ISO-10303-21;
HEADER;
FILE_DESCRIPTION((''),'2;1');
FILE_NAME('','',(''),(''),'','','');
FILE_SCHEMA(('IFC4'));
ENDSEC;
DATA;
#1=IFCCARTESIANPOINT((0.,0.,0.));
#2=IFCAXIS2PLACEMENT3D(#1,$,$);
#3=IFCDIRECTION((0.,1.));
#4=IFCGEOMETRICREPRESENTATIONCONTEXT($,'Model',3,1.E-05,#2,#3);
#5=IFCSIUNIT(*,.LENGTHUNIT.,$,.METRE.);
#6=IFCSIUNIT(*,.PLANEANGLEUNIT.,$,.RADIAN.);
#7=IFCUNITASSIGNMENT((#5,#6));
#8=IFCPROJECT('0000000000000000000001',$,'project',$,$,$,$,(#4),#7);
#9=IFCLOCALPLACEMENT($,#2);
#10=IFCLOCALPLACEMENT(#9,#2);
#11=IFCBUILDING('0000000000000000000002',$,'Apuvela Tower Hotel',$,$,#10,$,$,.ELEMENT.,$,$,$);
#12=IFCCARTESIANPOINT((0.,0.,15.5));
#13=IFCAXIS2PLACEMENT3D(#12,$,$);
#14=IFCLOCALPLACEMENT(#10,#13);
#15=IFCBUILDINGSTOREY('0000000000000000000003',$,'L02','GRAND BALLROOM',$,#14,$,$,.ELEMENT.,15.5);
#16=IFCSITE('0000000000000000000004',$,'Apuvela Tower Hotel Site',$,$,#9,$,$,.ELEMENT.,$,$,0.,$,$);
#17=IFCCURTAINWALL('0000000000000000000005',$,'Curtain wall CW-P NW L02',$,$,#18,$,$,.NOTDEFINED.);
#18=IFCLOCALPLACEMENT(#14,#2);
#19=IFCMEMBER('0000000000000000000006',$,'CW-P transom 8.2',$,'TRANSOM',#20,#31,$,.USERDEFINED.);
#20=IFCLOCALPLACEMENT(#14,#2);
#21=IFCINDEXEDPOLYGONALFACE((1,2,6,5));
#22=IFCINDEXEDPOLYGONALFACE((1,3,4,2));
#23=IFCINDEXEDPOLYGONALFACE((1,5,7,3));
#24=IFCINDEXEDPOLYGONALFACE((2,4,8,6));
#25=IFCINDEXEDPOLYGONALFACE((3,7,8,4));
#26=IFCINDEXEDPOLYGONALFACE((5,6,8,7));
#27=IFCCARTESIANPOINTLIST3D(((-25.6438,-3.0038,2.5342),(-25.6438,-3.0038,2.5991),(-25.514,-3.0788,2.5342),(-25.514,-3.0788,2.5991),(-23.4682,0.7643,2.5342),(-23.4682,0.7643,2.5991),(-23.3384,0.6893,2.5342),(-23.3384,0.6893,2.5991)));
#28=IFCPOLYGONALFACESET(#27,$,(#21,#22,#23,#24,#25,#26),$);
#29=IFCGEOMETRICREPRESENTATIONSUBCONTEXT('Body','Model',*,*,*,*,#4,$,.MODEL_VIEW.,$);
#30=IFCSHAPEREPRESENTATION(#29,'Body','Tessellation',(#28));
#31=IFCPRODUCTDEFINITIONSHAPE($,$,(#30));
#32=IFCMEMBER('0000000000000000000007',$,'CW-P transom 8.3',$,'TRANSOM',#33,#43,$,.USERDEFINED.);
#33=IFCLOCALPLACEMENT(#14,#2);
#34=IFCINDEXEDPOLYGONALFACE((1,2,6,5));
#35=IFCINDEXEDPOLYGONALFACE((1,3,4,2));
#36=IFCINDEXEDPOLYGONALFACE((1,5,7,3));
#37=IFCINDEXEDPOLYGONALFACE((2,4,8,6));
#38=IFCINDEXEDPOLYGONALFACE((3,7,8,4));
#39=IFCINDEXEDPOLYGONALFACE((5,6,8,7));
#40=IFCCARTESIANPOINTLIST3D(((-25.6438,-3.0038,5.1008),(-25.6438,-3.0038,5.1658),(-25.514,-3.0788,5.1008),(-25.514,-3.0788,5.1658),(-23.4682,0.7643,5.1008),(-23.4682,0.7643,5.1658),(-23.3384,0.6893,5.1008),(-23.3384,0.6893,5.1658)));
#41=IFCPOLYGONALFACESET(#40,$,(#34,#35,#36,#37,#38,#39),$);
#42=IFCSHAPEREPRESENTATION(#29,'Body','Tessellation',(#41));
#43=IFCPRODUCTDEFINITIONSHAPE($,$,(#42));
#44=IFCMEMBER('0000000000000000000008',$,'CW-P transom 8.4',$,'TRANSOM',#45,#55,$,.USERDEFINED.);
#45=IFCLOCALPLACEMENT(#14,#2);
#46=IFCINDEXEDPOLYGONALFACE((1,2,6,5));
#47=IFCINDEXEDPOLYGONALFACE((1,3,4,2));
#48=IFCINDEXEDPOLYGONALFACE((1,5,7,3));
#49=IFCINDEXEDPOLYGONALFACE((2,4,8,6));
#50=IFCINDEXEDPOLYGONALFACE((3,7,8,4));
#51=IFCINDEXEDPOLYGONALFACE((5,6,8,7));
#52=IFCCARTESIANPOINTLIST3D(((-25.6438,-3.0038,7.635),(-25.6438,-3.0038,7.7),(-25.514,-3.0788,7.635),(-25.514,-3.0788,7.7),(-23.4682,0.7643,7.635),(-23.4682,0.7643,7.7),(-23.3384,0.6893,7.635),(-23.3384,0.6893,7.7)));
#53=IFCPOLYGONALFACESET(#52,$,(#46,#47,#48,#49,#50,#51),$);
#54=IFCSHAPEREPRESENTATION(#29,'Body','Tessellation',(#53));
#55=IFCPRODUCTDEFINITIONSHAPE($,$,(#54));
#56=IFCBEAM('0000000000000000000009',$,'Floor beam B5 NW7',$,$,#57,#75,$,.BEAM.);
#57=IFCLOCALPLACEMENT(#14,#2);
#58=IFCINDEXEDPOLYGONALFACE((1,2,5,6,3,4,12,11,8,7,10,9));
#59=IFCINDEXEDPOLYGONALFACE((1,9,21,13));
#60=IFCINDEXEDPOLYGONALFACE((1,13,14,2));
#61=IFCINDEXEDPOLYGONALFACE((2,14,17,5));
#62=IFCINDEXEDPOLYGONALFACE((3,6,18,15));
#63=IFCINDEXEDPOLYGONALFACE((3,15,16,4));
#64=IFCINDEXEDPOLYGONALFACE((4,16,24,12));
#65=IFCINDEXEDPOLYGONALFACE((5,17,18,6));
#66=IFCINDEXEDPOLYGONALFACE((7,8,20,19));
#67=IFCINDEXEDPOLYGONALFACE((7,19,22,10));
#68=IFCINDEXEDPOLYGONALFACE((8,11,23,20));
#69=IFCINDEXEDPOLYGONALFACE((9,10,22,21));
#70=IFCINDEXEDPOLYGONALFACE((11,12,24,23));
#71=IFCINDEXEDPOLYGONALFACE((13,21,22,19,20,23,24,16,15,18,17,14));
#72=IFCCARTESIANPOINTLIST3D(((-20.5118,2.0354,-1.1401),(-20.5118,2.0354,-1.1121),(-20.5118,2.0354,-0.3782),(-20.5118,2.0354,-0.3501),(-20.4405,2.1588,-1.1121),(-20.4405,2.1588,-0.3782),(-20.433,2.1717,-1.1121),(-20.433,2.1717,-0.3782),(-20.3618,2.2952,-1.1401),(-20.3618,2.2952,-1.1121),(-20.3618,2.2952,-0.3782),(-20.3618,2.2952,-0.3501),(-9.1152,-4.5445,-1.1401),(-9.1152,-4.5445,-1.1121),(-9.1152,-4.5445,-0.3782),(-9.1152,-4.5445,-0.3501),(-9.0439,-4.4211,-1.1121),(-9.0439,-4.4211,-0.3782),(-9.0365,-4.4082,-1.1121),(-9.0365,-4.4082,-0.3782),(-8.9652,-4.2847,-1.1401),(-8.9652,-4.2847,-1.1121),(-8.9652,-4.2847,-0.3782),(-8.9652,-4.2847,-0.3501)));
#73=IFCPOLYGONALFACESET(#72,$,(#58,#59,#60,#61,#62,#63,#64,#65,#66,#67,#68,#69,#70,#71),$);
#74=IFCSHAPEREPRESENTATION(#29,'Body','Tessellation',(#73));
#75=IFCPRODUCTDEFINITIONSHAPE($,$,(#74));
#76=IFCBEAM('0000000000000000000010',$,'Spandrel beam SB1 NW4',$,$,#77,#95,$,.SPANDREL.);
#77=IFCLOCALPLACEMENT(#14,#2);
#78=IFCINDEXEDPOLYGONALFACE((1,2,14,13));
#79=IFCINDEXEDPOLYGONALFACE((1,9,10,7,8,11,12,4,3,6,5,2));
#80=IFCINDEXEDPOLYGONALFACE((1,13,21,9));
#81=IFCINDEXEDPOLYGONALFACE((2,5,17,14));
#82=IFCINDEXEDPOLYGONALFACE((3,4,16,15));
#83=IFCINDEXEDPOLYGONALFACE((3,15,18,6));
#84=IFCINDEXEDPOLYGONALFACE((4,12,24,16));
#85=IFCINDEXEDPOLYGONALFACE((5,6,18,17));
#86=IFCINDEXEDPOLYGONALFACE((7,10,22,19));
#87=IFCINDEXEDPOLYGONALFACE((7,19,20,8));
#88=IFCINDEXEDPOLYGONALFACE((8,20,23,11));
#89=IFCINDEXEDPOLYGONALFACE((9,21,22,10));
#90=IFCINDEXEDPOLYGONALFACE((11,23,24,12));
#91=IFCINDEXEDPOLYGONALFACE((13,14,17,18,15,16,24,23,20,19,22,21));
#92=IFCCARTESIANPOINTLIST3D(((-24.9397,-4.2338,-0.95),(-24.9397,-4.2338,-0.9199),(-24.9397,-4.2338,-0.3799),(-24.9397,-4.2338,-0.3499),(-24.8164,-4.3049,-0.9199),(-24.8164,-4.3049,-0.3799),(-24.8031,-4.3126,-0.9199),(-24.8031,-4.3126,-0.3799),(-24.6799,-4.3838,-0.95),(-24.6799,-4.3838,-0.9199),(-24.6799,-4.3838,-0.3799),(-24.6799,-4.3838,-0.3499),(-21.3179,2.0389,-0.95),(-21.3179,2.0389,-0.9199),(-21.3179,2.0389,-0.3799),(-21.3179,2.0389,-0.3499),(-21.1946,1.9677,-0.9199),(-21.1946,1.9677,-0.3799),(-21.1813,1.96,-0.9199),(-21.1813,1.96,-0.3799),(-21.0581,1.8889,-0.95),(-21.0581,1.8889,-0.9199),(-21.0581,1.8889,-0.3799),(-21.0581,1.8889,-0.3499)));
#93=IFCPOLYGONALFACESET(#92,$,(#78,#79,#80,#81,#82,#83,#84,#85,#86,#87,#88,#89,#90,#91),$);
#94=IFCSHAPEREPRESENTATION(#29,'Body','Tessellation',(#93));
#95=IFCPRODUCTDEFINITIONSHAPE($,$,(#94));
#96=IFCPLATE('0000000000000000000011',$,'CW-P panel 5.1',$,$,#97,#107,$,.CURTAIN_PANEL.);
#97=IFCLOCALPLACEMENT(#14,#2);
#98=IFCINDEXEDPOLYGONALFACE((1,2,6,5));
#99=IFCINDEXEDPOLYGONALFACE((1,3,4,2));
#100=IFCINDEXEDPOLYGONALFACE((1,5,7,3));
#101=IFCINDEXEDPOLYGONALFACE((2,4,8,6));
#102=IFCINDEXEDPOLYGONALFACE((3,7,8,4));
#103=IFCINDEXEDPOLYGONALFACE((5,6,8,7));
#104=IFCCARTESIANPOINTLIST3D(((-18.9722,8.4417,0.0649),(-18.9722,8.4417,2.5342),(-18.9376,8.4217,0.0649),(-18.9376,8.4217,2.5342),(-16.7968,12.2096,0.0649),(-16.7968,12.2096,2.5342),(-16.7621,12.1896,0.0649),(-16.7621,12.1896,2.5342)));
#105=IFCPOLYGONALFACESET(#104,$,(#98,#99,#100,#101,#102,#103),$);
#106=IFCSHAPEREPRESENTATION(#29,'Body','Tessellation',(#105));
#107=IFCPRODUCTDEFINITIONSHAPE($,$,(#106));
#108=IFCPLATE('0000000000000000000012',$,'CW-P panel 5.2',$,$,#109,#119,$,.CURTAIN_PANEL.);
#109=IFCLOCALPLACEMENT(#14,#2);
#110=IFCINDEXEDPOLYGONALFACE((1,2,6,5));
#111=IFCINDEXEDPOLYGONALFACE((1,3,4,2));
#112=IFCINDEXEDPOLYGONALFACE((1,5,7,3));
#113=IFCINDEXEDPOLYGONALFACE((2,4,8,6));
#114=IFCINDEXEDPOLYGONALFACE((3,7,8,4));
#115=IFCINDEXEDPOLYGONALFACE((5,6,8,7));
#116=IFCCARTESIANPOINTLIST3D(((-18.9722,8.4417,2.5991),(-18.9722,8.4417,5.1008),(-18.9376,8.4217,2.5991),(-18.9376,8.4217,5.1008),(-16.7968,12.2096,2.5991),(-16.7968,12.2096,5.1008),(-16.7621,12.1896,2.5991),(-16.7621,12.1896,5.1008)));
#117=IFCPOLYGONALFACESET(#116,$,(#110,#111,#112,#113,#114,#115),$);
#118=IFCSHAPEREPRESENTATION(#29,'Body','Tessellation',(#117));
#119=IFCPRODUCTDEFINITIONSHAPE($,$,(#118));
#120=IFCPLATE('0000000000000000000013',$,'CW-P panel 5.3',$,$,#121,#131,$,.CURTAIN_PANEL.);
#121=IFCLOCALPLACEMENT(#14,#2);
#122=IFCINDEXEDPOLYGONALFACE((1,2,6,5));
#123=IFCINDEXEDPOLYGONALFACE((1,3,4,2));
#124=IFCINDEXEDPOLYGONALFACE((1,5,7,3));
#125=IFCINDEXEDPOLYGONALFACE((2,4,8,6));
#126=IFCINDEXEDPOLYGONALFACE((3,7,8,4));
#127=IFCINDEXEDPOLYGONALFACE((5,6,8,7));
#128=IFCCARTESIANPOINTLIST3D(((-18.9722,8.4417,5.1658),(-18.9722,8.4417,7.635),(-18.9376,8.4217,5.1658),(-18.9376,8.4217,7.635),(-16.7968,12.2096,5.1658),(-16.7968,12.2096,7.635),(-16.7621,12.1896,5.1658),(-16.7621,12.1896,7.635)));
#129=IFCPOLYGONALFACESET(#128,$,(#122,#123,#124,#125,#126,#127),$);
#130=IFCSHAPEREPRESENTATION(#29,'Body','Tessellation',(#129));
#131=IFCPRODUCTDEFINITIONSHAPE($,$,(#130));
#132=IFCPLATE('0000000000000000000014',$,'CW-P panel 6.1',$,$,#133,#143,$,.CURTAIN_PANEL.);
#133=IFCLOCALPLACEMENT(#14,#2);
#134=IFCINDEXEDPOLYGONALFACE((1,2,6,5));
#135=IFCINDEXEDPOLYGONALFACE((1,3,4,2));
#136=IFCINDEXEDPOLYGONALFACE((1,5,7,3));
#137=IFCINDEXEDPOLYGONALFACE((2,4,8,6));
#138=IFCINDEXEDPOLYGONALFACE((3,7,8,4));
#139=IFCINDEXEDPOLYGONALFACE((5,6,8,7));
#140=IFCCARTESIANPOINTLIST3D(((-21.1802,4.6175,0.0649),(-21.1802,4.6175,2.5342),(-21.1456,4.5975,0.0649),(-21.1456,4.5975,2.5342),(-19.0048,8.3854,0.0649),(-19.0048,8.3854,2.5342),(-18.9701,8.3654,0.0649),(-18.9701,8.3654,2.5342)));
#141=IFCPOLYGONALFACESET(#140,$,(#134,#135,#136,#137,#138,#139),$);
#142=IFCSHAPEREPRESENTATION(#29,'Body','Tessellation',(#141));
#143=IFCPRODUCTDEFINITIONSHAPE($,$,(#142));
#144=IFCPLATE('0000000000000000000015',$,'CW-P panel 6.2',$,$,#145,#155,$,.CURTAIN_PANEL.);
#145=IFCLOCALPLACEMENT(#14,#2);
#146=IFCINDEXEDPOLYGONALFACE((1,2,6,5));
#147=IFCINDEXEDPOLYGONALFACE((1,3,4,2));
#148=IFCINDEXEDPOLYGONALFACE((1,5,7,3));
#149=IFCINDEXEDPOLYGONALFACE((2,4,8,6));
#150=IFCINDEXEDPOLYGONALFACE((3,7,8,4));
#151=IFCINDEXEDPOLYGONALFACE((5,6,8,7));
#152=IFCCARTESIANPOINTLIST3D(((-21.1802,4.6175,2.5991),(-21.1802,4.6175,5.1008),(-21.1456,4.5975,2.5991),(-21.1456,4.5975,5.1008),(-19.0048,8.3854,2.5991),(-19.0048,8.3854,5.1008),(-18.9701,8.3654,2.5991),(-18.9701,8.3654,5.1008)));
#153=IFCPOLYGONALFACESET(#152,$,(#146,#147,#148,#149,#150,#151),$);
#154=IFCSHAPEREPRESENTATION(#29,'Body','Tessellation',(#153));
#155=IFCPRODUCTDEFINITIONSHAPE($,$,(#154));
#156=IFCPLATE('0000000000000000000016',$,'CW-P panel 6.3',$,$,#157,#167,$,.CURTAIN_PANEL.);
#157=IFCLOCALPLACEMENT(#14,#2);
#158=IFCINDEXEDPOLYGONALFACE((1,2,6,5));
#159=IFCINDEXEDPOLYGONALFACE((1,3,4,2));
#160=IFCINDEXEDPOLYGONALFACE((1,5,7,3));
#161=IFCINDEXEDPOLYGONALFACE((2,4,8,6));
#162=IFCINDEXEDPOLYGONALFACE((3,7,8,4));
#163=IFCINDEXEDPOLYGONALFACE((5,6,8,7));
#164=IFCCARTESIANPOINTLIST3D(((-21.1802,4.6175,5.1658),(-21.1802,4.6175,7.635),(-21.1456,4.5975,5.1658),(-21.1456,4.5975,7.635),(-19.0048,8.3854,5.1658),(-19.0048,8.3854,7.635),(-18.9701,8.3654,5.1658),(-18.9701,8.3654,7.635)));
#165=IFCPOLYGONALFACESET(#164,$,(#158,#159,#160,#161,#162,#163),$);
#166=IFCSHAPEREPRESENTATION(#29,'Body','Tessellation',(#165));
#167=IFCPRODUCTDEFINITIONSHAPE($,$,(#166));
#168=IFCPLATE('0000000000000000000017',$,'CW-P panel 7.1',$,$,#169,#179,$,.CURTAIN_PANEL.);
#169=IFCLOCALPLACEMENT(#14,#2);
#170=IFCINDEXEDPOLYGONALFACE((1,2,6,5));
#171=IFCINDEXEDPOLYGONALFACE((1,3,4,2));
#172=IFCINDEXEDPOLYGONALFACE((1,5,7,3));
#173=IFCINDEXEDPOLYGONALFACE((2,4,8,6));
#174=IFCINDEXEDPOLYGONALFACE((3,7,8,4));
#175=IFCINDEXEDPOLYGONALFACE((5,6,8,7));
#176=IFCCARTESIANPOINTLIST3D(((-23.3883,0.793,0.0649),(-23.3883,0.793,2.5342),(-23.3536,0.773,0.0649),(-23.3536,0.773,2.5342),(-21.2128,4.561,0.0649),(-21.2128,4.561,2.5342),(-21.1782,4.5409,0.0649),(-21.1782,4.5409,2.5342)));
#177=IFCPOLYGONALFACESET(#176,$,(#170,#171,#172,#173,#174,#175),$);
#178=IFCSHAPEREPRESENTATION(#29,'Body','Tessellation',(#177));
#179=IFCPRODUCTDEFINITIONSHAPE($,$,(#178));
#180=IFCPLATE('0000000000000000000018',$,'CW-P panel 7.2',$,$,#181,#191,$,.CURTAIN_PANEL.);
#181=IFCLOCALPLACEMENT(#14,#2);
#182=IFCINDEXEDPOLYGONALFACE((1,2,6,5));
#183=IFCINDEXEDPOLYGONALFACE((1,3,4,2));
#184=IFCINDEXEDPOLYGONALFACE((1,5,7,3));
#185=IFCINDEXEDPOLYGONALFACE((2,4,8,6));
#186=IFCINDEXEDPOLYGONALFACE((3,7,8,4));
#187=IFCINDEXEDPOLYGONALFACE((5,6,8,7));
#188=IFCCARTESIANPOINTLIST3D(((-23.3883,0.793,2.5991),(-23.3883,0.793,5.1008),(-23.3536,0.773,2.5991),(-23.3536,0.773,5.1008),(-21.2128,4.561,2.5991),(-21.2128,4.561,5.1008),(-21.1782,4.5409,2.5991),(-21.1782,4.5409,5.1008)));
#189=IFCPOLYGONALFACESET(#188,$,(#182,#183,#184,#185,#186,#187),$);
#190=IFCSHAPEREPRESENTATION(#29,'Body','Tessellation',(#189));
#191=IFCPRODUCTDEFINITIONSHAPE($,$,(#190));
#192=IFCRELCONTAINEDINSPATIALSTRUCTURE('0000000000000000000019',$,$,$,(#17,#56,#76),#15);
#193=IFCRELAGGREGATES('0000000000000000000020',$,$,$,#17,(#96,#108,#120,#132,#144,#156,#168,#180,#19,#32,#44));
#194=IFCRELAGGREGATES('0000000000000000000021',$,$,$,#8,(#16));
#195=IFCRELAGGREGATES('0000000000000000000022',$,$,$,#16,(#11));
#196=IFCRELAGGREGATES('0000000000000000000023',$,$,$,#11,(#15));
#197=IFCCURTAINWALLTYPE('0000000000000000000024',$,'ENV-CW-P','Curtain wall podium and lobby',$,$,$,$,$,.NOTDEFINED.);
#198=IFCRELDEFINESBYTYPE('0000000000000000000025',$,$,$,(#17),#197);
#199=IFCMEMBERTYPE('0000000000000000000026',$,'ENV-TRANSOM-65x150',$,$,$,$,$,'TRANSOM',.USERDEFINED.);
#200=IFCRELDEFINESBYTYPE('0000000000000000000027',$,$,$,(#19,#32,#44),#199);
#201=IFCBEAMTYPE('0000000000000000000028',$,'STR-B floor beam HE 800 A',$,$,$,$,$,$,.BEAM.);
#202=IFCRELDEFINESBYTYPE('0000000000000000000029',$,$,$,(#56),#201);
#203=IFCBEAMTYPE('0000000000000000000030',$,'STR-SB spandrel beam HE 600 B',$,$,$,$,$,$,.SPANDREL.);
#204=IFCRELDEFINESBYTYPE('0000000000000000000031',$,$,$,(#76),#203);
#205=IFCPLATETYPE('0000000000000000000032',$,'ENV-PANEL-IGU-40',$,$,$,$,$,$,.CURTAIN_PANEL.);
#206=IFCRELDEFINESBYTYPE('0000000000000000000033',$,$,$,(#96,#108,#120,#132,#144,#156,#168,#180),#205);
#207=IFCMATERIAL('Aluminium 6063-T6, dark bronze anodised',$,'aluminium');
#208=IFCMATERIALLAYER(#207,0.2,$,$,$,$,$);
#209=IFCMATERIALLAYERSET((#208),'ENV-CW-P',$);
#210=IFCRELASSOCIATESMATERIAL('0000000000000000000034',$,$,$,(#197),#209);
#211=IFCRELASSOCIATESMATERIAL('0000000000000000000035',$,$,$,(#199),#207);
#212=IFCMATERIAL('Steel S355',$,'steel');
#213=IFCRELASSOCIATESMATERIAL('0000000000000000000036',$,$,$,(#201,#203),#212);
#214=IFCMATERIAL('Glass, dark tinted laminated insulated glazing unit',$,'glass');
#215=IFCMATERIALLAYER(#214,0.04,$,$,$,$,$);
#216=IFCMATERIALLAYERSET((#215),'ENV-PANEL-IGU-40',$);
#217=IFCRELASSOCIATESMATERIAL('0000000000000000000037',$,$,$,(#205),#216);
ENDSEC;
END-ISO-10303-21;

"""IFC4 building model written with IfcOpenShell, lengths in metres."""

from ifc_helpers import new_model, si_unit, direction, frame, origin, origin_2d, place, context, subcontext, project, spatial, rectangle, i_section, extrude, material, layer, layer_set, material_profile, profile_set, type_object, element, aggregate, save


model = new_model("IFC4")

# Units and contexts
model_context = context("Model", 3, precision=1e-05, world=origin(), true_north=direction((0.0, 1.0)))
body_context = subcontext(model_context, "Body", "Model", "MODEL_VIEW")
ifc_project = project(units=[si_unit("LENGTHUNIT", "METRE"), si_unit("PLANEANGLEUNIT", "RADIAN")], contexts=[model_context])

# Site, building, storey
site_placement = place(None, origin())
site = spatial("IfcSite", under=ifc_project, at=site_placement, Name="Apuvela Tower Hotel Site", CompositionType="ELEMENT", RefElevation=0.0)
building_placement = place(site_placement, origin())
building = spatial("IfcBuilding", under=site, at=building_placement, Name="Apuvela Tower Hotel", CompositionType="ELEMENT")
storey_placement = place(building_placement, frame((0.0, 0.0, 15.5)))
storey = spatial("IfcBuildingStorey", under=building, at=storey_placement, Name="L02", Description="GRAND BALLROOM", CompositionType="ELEMENT", Elevation=15.5)

# Curtain wall, members
ifc_material_1 = material(Name="Aluminium 6063-T6, dark bronze anodised", Category="aluminium")
ifc_layer_1 = layer(ifc_material_1, 0.2)
ifc_layer_set_1 = layer_set([ifc_layer_1], Name="ENV-CW-P")
curtain_wall_type = type_object("IfcCurtainWallType", Name="ENV-CW-P", Description="Curtain wall podium and lobby", PredefinedType="NOTDEFINED", material=ifc_layer_set_1)
curtain_wall_placement = place(storey_placement, origin())
curtain_wall = element("IfcCurtainWall", 1, at=curtain_wall_placement, inside=storey, type_object=curtain_wall_type, Name="Curtain wall CW-P NW L02", PredefinedType="NOTDEFINED")
ifc_material_profile_1 = material_profile(ifc_material_1, rectangle(XDim=0.1499, YDim=0.0649, at=origin_2d()), Name="AL 65x150 transom")
ifc_profile_set_1 = profile_set([ifc_material_profile_1], Name="Aluminium 6063-T6, dark bronze anodised")
member_type_1 = type_object("IfcMemberType", Name="ENV-TRANSOM-65x150", ElementType="TRANSOM", PredefinedType="USERDEFINED", material=ifc_profile_set_1)
member_1_placement = place(storey_placement, frame((-23.4033, 0.7268, 2.5667), z_axis=(-0.500007, -0.866021, 0.0), x_axis=(0.866021, -0.500007, 0.0)))
member_1 = element("IfcMember", 2, at=member_1_placement, type_object=member_type_1, Name="CW-P transom 8.2", ObjectType="TRANSOM", PredefinedType="USERDEFINED", context=body_context, shape_type="SweptSolid", body=[
    extrude(rectangle(XDim=0.1499, YDim=0.0649, at=origin_2d()), origin(), (0.0, 0.0, 1.0), 4.3511),
])
member_2_placement = place(storey_placement, frame((-23.4033, 0.7268, 5.1333), z_axis=(-0.500007, -0.866021, 0.0), x_axis=(0.866021, -0.500007, 0.0)))
member_2 = element("IfcMember", 3, at=member_2_placement, type_object=member_type_1, Name="CW-P transom 8.3", ObjectType="TRANSOM", PredefinedType="USERDEFINED", context=body_context, shape_type="SweptSolid", body=[
    extrude(rectangle(XDim=0.1499, YDim=0.0649, at=origin_2d()), origin(), (0.0, 0.0, 1.0), 4.3511),
])
member_3_placement = place(storey_placement, frame((-23.4033, 0.7268, 7.6675), z_axis=(-0.500007, -0.866021, 0.0), x_axis=(0.866021, -0.500007, 0.0)))
member_3 = element("IfcMember", 4, at=member_3_placement, type_object=member_type_1, Name="CW-P transom 8.4", ObjectType="TRANSOM", PredefinedType="USERDEFINED", context=body_context, shape_type="SweptSolid", body=[
    extrude(rectangle(XDim=0.1499, YDim=0.0649, at=origin_2d()), origin(), (0.0, 0.0, 1.0), 4.3511),
])

# Beams
ifc_material_2 = material(Name="Steel S355", Category="steel")
ifc_material_profile_2 = material_profile(ifc_material_2, i_section(OverallWidth=0.3, OverallDepth=0.79, WebThickness=0.0149, FlangeThickness=0.0281, at=origin_2d()), Name="HE 800 A")
ifc_profile_set_2 = profile_set([ifc_material_profile_2], Name="Steel S355")
beam_type_1 = type_object("IfcBeamType", Name="STR-B floor beam HE 800 A", PredefinedType="BEAM", material=ifc_profile_set_2)
beam_1_placement = place(storey_placement, frame((-20.4368, 2.1653, -0.7451), z_axis=(0.866023, -0.500004, 0.0), x_axis=(0.500004, 0.866023, 0.0)))
element("IfcBeam", 5, at=beam_1_placement, inside=storey, type_object=beam_type_1, Name="Floor beam B5 NW7", PredefinedType="BEAM", context=body_context, shape_type="SweptSolid", body=[
    extrude(i_section(OverallWidth=0.3, OverallDepth=0.79, WebThickness=0.0149, FlangeThickness=0.0281, at=origin_2d()), origin(), (0.0, 0.0, 1.0), 13.1597),
])
ifc_material_profile_3 = material_profile(ifc_material_2, i_section(OverallWidth=0.3, OverallDepth=0.6001, WebThickness=0.0154, FlangeThickness=0.03, at=origin_2d()), Name="HE 600 B")
ifc_profile_set_3 = profile_set([ifc_material_profile_3], Name="Steel S355")
beam_type_2 = type_object("IfcBeamType", Name="STR-SB spandrel beam HE 600 B", PredefinedType="SPANDREL", material=ifc_profile_set_3)
beam_2_placement = place(storey_placement, frame((-21.188, 1.9639, -0.6499), z_axis=(-0.500029, -0.866009, 0.0), x_axis=(0.866009, -0.500029, 0.0)))
element("IfcBeam", 6, at=beam_2_placement, inside=storey, type_object=beam_type_2, Name="Spandrel beam SB1 NW4", PredefinedType="SPANDREL", context=body_context, shape_type="SweptSolid", body=[
    extrude(i_section(OverallWidth=0.3, OverallDepth=0.6001, WebThickness=0.0154, FlangeThickness=0.03, at=origin_2d()), origin(), (0.0, 0.0, 1.0), 7.2432),
])

# Plates
ifc_material_3 = material(Name="Glass, dark tinted laminated insulated glazing unit", Category="glass")
ifc_layer_2 = layer(ifc_material_3, 0.04)
ifc_layer_set_2 = layer_set([ifc_layer_2], Name="ENV-PANEL-IGU-40")
plate_type = type_object("IfcPlateType", Name="ENV-PANEL-IGU-40", PredefinedType="CURTAIN_PANEL", material=ifc_layer_set_2)
plate_1_placement = place(storey_placement, frame((-17.8672, 10.3157, 0.0649), z_axis=(0.0, 0.0, 1.0), x_axis=(-0.500001, -0.866025, 0.0)))
plate_1 = element("IfcPlate", 7, at=plate_1_placement, type_object=plate_type, Name="CW-P panel 5.1", PredefinedType="CURTAIN_PANEL", context=body_context, shape_type="SweptSolid", body=[
    extrude(rectangle(XDim=4.3508, YDim=0.04, at=origin_2d()), origin(), (0.0, 0.0, 1.0), 2.4692),
])
plate_2_placement = place(storey_placement, frame((-17.8672, 10.3157, 2.5991), z_axis=(0.0, 0.0, 1.0), x_axis=(-0.500001, -0.866025, 0.0)))
plate_2 = element("IfcPlate", 8, at=plate_2_placement, type_object=plate_type, Name="CW-P panel 5.2", PredefinedType="CURTAIN_PANEL", context=body_context, shape_type="SweptSolid", body=[
    extrude(rectangle(XDim=4.3508, YDim=0.04, at=origin_2d()), origin(), (0.0, 0.0, 1.0), 2.5017),
])
plate_3_placement = place(storey_placement, frame((-17.8672, 10.3157, 5.1658), z_axis=(0.0, 0.0, 1.0), x_axis=(-0.500001, -0.866025, 0.0)))
plate_3 = element("IfcPlate", 9, at=plate_3_placement, type_object=plate_type, Name="CW-P panel 5.3", PredefinedType="CURTAIN_PANEL", context=body_context, shape_type="SweptSolid", body=[
    extrude(rectangle(XDim=4.3508, YDim=0.04, at=origin_2d()), origin(), (0.0, 0.0, 1.0), 2.4692),
])
plate_4_placement = place(storey_placement, frame((-20.0752, 6.4915, 0.0649), z_axis=(0.0, 0.0, 1.0), x_axis=(-0.500001, -0.866025, 0.0)))
plate_4 = element("IfcPlate", 10, at=plate_4_placement, type_object=plate_type, Name="CW-P panel 6.1", PredefinedType="CURTAIN_PANEL", context=body_context, shape_type="SweptSolid", body=[
    extrude(rectangle(XDim=4.3508, YDim=0.04, at=origin_2d()), origin(), (0.0, 0.0, 1.0), 2.4692),
])
plate_5_placement = place(storey_placement, frame((-20.0752, 6.4915, 2.5991), z_axis=(0.0, 0.0, 1.0), x_axis=(-0.500001, -0.866025, 0.0)))
plate_5 = element("IfcPlate", 11, at=plate_5_placement, type_object=plate_type, Name="CW-P panel 6.2", PredefinedType="CURTAIN_PANEL", context=body_context, shape_type="SweptSolid", body=[
    extrude(rectangle(XDim=4.3508, YDim=0.04, at=origin_2d()), origin(), (0.0, 0.0, 1.0), 2.5017),
])
plate_6_placement = place(storey_placement, frame((-20.0752, 6.4915, 5.1658), z_axis=(0.0, 0.0, 1.0), x_axis=(-0.500001, -0.866025, 0.0)))
plate_6 = element("IfcPlate", 12, at=plate_6_placement, type_object=plate_type, Name="CW-P panel 6.3", PredefinedType="CURTAIN_PANEL", context=body_context, shape_type="SweptSolid", body=[
    extrude(rectangle(XDim=4.3508, YDim=0.04, at=origin_2d()), origin(), (0.0, 0.0, 1.0), 2.4692),
])
plate_7_placement = place(storey_placement, frame((-22.2832, 2.667, 0.0649), z_axis=(0.0, 0.0, 1.0), x_axis=(-0.500001, -0.866025, 0.0)))
plate_7 = element("IfcPlate", 13, at=plate_7_placement, type_object=plate_type, Name="CW-P panel 7.1", PredefinedType="CURTAIN_PANEL", context=body_context, shape_type="SweptSolid", body=[
    extrude(rectangle(XDim=4.3508, YDim=0.04, at=origin_2d()), origin(), (0.0, 0.0, 1.0), 2.4692),
])
plate_8_placement = place(storey_placement, frame((-22.2832, 2.667, 2.5991), z_axis=(0.0, 0.0, 1.0), x_axis=(-0.500001, -0.866025, 0.0)))
plate_8 = element("IfcPlate", 14, at=plate_8_placement, type_object=plate_type, Name="CW-P panel 7.2", PredefinedType="CURTAIN_PANEL", context=body_context, shape_type="SweptSolid", body=[
    extrude(rectangle(XDim=4.3508, YDim=0.04, at=origin_2d()), origin(), (0.0, 0.0, 1.0), 2.5017),
])
aggregate(curtain_wall, [plate_1, plate_2, plate_3, plate_4, plate_5, plate_6, plate_7, plate_8, member_1, member_2, member_3])

save(model, "model.ifc")
